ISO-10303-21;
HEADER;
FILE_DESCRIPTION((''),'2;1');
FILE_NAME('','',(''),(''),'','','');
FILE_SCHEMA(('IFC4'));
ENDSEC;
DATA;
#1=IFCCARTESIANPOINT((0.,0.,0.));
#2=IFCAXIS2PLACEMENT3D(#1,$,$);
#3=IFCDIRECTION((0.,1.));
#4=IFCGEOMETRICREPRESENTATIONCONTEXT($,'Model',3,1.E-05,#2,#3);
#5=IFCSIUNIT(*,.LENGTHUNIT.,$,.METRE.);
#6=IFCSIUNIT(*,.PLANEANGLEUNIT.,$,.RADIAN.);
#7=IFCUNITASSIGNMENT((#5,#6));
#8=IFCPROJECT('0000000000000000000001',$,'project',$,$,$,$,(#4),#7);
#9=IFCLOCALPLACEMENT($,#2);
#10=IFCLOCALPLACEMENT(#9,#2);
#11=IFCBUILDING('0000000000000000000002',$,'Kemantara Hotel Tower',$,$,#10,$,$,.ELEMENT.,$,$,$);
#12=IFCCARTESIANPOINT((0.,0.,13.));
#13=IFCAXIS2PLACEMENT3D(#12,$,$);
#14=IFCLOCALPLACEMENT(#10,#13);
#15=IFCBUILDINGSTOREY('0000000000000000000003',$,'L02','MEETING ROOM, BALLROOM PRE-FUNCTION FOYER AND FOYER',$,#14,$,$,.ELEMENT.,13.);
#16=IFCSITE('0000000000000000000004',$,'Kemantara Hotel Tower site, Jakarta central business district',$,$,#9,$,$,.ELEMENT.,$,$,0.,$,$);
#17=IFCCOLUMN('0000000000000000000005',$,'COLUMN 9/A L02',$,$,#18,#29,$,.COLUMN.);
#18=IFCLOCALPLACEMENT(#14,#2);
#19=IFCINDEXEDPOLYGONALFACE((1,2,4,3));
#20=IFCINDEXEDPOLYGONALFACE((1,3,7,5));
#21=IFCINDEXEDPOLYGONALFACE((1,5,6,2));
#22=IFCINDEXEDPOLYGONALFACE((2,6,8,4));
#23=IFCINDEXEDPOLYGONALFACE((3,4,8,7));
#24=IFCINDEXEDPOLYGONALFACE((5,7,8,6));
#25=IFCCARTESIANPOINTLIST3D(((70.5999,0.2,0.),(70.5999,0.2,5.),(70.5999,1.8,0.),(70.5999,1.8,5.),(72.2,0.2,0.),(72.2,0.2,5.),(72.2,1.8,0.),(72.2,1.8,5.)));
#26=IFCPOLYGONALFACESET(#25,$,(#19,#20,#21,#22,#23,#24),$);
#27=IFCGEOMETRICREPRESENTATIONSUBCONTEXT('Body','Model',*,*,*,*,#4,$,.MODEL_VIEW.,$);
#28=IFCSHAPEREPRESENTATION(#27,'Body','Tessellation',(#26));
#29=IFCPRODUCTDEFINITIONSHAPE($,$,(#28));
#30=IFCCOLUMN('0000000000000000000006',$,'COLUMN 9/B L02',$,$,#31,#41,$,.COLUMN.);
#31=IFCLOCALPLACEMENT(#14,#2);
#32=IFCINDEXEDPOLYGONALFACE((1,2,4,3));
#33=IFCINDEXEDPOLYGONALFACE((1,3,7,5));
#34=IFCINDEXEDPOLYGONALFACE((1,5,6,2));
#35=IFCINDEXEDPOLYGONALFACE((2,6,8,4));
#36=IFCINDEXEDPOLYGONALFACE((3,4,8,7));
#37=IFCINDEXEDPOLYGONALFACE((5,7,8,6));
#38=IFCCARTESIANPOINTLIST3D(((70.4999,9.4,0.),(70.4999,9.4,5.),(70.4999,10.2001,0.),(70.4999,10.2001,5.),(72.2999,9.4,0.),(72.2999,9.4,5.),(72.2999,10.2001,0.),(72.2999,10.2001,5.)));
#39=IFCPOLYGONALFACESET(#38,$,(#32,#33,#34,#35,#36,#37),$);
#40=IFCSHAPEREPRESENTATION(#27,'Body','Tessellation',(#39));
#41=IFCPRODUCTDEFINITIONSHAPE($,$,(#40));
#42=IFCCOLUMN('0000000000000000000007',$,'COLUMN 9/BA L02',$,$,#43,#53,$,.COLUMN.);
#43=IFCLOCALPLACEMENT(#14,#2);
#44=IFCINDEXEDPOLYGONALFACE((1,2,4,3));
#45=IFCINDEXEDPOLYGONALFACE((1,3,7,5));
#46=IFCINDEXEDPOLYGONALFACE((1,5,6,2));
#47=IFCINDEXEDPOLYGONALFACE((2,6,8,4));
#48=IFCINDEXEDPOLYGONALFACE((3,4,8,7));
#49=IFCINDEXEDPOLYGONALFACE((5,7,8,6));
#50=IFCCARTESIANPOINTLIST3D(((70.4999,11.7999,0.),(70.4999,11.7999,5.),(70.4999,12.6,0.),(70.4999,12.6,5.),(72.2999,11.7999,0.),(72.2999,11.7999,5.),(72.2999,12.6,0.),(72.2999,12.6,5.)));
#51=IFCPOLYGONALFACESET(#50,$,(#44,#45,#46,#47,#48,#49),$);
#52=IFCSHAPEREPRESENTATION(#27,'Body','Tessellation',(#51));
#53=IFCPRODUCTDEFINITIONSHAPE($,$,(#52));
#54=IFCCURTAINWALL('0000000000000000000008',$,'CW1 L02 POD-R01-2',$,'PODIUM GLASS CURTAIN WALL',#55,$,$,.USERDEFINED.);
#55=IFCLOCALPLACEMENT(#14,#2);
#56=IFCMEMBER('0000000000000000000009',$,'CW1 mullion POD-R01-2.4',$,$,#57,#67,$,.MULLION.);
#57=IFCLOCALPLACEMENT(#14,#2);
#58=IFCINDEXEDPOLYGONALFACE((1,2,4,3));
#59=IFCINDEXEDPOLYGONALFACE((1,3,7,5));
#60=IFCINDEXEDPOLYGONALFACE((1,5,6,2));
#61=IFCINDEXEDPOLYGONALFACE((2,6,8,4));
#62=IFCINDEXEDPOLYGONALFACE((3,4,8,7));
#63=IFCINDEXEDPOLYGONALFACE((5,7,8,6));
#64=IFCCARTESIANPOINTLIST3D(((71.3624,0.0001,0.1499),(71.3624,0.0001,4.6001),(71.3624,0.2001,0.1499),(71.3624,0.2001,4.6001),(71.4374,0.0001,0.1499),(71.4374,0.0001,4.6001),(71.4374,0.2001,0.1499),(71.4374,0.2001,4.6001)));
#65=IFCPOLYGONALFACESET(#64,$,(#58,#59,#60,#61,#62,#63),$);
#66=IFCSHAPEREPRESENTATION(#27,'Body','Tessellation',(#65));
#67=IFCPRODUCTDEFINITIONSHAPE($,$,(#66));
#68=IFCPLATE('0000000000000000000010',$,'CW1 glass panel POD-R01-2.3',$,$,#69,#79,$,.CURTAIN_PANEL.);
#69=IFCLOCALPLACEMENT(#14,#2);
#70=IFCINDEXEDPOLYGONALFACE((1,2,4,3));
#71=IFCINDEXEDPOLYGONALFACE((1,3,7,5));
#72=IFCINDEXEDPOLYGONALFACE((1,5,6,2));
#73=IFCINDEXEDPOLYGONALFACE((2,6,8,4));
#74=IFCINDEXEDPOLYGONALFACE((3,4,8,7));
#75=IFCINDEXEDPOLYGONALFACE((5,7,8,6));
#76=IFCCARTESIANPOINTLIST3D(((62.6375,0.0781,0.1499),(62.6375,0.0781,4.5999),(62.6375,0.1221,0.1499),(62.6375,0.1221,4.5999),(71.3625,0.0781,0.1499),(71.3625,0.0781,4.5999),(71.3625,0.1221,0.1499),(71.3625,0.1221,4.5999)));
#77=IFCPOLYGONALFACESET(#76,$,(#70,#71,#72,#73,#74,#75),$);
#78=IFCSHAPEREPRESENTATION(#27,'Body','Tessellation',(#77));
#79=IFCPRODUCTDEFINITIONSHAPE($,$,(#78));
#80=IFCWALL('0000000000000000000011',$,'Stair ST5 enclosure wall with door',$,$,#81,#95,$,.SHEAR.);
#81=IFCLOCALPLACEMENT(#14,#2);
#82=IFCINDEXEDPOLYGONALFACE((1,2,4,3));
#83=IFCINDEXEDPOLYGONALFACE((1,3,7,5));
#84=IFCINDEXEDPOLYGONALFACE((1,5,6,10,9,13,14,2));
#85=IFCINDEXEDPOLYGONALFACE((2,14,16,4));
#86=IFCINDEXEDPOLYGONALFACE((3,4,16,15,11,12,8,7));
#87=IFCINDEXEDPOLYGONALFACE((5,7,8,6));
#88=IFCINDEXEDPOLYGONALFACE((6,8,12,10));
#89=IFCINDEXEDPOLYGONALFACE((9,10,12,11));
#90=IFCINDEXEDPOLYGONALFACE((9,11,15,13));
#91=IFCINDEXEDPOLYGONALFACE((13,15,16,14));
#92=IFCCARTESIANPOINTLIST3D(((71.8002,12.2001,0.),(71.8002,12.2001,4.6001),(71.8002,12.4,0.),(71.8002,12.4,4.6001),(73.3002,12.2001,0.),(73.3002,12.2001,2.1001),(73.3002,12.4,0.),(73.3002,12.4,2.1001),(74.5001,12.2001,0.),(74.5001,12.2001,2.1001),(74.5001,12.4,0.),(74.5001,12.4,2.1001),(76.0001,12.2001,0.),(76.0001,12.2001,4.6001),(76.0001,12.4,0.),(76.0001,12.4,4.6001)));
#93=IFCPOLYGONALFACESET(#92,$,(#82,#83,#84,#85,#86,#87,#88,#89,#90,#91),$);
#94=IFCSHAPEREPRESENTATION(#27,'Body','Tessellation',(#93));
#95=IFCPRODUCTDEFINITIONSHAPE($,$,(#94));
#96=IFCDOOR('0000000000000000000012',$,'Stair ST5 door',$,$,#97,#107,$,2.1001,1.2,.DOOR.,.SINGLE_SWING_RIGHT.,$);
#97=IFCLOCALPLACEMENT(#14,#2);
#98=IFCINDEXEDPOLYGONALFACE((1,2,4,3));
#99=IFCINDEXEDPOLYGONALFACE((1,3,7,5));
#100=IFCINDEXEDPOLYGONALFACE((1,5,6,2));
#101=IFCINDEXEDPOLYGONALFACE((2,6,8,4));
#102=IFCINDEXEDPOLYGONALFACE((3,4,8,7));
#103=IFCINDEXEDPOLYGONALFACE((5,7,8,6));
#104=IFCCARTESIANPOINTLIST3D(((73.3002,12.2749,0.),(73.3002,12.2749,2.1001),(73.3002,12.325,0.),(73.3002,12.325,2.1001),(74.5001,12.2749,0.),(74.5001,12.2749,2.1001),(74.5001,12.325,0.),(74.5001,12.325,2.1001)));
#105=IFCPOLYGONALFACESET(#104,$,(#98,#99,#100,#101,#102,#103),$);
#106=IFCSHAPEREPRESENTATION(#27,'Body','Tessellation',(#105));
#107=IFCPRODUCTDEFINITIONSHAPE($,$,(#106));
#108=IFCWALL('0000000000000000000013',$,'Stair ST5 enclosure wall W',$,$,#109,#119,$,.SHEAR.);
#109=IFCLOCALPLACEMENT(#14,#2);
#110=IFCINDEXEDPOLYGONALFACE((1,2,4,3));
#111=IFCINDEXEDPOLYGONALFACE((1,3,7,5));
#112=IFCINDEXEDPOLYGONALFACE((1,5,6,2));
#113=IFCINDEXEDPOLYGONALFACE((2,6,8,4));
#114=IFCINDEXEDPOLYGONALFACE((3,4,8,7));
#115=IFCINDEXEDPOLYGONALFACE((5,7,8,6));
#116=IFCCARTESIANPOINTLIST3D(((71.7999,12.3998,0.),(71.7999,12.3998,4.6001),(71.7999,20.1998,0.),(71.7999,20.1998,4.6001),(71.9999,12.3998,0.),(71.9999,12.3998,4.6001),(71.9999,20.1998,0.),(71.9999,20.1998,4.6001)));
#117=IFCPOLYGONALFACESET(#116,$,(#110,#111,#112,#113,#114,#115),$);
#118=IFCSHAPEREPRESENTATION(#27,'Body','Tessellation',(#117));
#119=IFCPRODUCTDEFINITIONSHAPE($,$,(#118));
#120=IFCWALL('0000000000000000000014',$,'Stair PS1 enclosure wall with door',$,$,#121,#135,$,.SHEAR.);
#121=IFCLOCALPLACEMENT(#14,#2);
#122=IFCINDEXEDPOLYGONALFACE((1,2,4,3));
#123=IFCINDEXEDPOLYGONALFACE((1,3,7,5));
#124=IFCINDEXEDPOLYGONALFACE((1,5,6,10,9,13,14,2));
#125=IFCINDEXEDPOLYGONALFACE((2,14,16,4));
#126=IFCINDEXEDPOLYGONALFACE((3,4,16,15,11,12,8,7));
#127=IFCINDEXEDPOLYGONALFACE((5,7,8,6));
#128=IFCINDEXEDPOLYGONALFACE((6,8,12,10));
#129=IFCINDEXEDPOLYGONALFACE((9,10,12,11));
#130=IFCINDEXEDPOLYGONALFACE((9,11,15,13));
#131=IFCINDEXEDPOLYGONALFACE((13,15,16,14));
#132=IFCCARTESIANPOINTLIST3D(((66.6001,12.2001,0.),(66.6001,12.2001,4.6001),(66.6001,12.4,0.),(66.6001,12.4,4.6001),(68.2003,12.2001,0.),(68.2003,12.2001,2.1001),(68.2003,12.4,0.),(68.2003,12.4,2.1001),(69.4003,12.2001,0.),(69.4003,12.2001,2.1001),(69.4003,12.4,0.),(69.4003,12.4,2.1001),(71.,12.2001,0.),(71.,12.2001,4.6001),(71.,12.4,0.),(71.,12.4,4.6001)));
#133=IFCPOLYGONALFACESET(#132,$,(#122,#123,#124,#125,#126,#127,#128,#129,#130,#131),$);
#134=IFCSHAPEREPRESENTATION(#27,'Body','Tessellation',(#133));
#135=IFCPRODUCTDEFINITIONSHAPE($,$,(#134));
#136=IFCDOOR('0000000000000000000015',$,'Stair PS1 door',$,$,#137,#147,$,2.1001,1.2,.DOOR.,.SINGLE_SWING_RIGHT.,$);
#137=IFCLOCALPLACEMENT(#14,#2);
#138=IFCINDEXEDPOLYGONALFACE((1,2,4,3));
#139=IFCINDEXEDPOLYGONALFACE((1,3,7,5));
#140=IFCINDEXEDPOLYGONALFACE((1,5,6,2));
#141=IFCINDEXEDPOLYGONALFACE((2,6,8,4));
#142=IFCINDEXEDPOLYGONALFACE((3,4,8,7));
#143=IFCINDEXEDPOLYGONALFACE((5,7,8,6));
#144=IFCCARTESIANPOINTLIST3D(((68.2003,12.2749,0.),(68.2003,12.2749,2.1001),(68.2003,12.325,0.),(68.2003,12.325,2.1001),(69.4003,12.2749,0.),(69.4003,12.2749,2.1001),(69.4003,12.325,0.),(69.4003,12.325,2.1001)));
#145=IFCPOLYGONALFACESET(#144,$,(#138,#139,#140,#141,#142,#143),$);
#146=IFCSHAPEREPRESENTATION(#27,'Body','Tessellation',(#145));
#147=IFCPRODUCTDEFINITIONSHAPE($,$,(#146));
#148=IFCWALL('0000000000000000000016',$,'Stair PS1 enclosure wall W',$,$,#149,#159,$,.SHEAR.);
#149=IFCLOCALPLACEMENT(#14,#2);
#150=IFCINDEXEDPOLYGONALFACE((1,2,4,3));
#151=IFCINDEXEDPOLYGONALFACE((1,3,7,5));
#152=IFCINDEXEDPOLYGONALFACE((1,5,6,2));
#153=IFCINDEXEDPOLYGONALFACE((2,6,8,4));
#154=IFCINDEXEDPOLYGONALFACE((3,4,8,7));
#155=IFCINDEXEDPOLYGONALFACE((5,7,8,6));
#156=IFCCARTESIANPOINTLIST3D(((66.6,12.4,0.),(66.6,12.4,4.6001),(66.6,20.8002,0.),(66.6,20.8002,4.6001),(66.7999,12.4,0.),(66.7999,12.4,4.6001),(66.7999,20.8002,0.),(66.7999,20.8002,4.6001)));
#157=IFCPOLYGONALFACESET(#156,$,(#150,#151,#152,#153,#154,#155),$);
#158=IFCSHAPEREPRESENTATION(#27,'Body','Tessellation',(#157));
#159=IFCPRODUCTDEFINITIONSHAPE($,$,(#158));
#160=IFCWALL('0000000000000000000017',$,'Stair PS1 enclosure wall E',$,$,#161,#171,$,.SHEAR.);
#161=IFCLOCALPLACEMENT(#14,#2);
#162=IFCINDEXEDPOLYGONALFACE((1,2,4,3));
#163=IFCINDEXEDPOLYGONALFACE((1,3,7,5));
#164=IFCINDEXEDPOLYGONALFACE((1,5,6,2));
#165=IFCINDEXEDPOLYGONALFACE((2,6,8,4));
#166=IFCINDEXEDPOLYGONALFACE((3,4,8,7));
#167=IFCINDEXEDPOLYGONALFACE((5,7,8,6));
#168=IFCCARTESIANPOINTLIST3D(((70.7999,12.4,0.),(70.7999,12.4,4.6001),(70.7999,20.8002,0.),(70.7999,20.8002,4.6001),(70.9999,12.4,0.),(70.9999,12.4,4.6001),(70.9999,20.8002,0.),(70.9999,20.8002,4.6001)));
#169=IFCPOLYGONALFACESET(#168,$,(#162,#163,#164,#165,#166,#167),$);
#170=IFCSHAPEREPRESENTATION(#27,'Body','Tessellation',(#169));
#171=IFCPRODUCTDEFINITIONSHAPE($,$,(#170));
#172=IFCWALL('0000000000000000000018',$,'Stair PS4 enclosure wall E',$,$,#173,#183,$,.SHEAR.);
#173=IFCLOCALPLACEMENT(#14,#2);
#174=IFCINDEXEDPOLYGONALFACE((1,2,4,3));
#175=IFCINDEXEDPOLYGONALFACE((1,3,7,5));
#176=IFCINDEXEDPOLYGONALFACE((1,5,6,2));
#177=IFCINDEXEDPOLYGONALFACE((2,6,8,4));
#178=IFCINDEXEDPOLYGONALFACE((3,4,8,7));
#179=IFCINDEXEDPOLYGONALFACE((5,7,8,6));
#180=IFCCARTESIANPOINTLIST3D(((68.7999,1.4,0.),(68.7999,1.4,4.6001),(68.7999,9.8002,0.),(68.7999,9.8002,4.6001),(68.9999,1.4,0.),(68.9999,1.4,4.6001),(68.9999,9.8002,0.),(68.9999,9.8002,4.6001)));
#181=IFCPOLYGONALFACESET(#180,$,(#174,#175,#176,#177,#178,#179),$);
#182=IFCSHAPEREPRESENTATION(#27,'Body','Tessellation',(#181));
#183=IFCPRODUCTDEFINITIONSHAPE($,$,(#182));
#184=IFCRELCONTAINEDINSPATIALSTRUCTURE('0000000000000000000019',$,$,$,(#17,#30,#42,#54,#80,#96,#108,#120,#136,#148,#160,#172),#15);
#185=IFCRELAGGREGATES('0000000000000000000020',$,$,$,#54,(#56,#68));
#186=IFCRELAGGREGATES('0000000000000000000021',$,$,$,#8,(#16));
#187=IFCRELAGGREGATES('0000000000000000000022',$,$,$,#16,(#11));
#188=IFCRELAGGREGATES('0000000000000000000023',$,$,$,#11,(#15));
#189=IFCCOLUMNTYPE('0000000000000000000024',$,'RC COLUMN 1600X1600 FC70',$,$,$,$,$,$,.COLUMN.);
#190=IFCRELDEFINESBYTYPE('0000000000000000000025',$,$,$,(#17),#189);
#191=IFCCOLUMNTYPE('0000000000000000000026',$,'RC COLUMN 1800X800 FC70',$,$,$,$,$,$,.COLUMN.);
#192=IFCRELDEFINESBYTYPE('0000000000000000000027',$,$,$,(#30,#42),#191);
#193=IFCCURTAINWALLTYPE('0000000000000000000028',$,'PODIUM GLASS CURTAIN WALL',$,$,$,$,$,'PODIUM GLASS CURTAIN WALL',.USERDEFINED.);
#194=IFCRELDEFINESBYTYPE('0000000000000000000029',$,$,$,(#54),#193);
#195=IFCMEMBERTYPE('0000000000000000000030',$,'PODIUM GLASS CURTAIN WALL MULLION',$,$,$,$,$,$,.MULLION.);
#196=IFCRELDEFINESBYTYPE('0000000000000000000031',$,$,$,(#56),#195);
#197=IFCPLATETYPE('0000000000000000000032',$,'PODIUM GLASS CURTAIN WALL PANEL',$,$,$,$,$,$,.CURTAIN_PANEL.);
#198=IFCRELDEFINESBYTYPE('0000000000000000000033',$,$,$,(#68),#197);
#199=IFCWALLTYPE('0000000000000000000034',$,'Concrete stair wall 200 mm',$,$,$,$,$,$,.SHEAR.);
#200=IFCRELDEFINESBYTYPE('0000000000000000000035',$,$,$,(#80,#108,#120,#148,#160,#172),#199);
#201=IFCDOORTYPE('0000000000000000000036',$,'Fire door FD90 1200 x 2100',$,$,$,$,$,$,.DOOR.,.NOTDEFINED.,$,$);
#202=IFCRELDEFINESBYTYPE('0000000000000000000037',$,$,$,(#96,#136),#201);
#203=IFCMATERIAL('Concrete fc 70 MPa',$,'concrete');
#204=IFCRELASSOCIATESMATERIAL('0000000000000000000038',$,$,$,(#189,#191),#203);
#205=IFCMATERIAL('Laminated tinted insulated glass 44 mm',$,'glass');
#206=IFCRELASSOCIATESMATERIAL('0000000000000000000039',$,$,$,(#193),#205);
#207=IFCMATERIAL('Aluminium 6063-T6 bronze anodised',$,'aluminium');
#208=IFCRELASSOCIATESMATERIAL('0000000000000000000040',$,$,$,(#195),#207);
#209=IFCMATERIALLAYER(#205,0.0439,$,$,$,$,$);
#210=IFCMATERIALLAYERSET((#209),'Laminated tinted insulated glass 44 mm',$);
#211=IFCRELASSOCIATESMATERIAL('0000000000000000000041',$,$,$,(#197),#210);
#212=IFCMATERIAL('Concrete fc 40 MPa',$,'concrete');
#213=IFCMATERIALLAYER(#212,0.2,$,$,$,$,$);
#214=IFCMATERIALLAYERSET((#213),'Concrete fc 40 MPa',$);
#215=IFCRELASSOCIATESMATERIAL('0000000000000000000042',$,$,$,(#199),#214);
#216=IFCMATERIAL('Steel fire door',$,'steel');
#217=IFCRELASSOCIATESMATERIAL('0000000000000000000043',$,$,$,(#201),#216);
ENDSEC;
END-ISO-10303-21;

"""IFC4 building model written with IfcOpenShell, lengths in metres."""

from ifc_helpers import new_model, si_unit, direction, frame, frame_2d, origin, origin_2d, place, context, subcontext, project, spatial, rectangle, extrude, source, transform, mapped, material, layer, layer_set, material_profile, profile_set, type_object, element, fill, aggregate, save


model = new_model("IFC4")

# Units and contexts
model_context = context("Model", 3, precision=1e-05, world=origin(), true_north=direction((0.0, 1.0)))
body_context = subcontext(model_context, "Body", "Model", "MODEL_VIEW")
ifc_project = project(units=[si_unit("LENGTHUNIT", "METRE"), si_unit("PLANEANGLEUNIT", "RADIAN")], contexts=[model_context])

# Site, building, storey
site_placement = place(None, origin())
site = spatial("IfcSite", under=ifc_project, at=site_placement, Name="Kemantara Hotel Tower site, Jakarta central business district", CompositionType="ELEMENT", RefElevation=0.0)
building_placement = place(site_placement, origin())
building = spatial("IfcBuilding", under=site, at=building_placement, Name="Kemantara Hotel Tower", CompositionType="ELEMENT")
storey_placement = place(building_placement, frame((0.0, 0.0, 13.0)))
storey = spatial("IfcBuildingStorey", under=building, at=storey_placement, Name="L02", Description="MEETING ROOM, BALLROOM PRE-FUNCTION FOYER AND FOYER", CompositionType="ELEMENT", Elevation=13.0)

# Columns
ifc_material_1 = material(Name="Concrete fc 70 MPa", Category="concrete")
ifc_material_profile_1 = material_profile(ifc_material_1, rectangle(XDim=1.6001, YDim=1.6001, at=origin_2d()), Name="RC 1600X1600")
ifc_profile_set_1 = profile_set([ifc_material_profile_1], Name="Concrete fc 70 MPa")
column_type_1 = type_object("IfcColumnType", Name="RC COLUMN 1600X1600 FC70", PredefinedType="COLUMN", material=ifc_profile_set_1)
column_placement = place(storey_placement, frame((71.3999, 1.0, 0.0), z_axis=(0.0, 0.0, 1.0), x_axis=(1.0, 0.0, 0.0)))
element("IfcColumn", 1, at=column_placement, inside=storey, type_object=column_type_1, Name="COLUMN 9/A L02", PredefinedType="COLUMN", context=body_context, shape_type="SweptSolid", body=[
    extrude(rectangle(XDim=1.6001, YDim=1.6001, at=origin_2d()), origin(), (0.0, 0.0, 1.0), 5.0),
])
ifc_material_profile_2 = material_profile(ifc_material_1, rectangle(XDim=1.8, YDim=0.8, at=origin_2d()), Name="RC 1800X800")
ifc_profile_set_2 = profile_set([ifc_material_profile_2], Name="Concrete fc 70 MPa")
column_type_2 = type_object("IfcColumnType", Name="RC COLUMN 1800X800 FC70", PredefinedType="COLUMN", material=ifc_profile_set_2)
for number, where, z_axis, x_axis, name in (
    (2, (71.3999, 9.8, 0.0), (0.0, 0.0, 1.0), (1.0, 0.0, 0.0), "COLUMN 9/B L02"),
    (3, (71.3999, 12.2, 0.0), (0.0, 0.0, 1.0), (1.0, 0.0, 0.0), "COLUMN 9/BA L02"),
):
    element("IfcColumn", number, at=place(storey_placement, frame(where, z_axis=z_axis, x_axis=x_axis)), inside=storey, type_object=column_type_2, Name=name, PredefinedType="COLUMN", context=body_context, shape_type="SweptSolid", body=[
        extrude(rectangle(XDim=1.8, YDim=0.8, at=origin_2d()), origin(), (0.0, 0.0, 1.0), 5.0),
    ])

# Curtain wall, member, plate
ifc_material_2 = material(Name="Laminated tinted insulated glass 44 mm", Category="glass")
curtain_wall_type = type_object("IfcCurtainWallType", Name="PODIUM GLASS CURTAIN WALL", ElementType="PODIUM GLASS CURTAIN WALL", PredefinedType="USERDEFINED", material=ifc_material_2)
curtain_wall_placement = place(storey_placement, origin())
curtain_wall = element("IfcCurtainWall", 4, at=curtain_wall_placement, inside=storey, type_object=curtain_wall_type, Name="CW1 L02 POD-R01-2", ObjectType="PODIUM GLASS CURTAIN WALL", PredefinedType="USERDEFINED")
ifc_material_3 = material(Name="Aluminium 6063-T6 bronze anodised", Category="aluminium")
ifc_material_profile_3 = material_profile(ifc_material_3, rectangle(XDim=0.2, YDim=0.075, at=origin_2d()), Name="PODIUM GLASS CURTAIN WALL MULLION")
ifc_profile_set_3 = profile_set([ifc_material_profile_3], Name="Aluminium 6063-T6 bronze anodised")
member_type = type_object("IfcMemberType", Name="PODIUM GLASS CURTAIN WALL MULLION", PredefinedType="MULLION", material=ifc_profile_set_3)
shared_shape_1 = source(origin(), body_context, "Body", "SweptSolid", [
    extrude(rectangle(XDim=0.2, YDim=0.075, at=origin_2d()), origin(), (0.0, 0.0, 1.0), 4.4502),
])
member_placement = place(storey_placement, frame((71.3999, 0.1001, 0.1499), z_axis=(0.0, 0.0, 1.0), x_axis=(0.0, 1.0, 0.0)))
member = element("IfcMember", 5, at=member_placement, type_object=member_type, Name="CW1 mullion POD-R01-2.4", PredefinedType="MULLION", context=body_context, shape_type="MappedRepresentation", body=[
    mapped(shared_shape_1, transform((0.0, 0.0, 0.0))),
])
ifc_layer_1 = layer(ifc_material_2, 0.0439)
ifc_layer_set_1 = layer_set([ifc_layer_1], Name="Laminated tinted insulated glass 44 mm")
plate_type = type_object("IfcPlateType", Name="PODIUM GLASS CURTAIN WALL PANEL", PredefinedType="CURTAIN_PANEL", material=ifc_layer_set_1)
shared_shape_2 = source(origin(), body_context, "Body", "SweptSolid", [
    extrude(rectangle(XDim=8.7251, YDim=0.0439, at=origin_2d()), origin(), (0.0, 0.0, 1.0), 4.45),
])
plate_placement = place(storey_placement, frame((67.0, 0.1001, 0.1499), z_axis=(0.0, 0.0, 1.0), x_axis=(1.0, 0.0, 0.0)))
plate = element("IfcPlate", 6, at=plate_placement, type_object=plate_type, Name="CW1 glass panel POD-R01-2.3", PredefinedType="CURTAIN_PANEL", context=body_context, shape_type="MappedRepresentation", body=[
    mapped(shared_shape_2, transform((0.0, 0.0, 0.0))),
])
aggregate(curtain_wall, [member, plate])

# Wall, opening, door
ifc_material_4 = material(Name="Concrete fc 40 MPa", Category="concrete")
ifc_layer_2 = layer(ifc_material_4, 0.2)
ifc_layer_set_2 = layer_set([ifc_layer_2], Name="Concrete fc 40 MPa")
wall_type_1 = type_object("IfcWallType", Name="Concrete stair wall 200 mm", PredefinedType="SHEAR", material=ifc_layer_set_2)
wall_1_placement = place(storey_placement, frame((71.8, 12.3, 0.0), z_axis=(0.0, 0.0, 1.0), x_axis=(1.0, 0.0, 0.0)))
wall_1 = element("IfcWall", 7, at=wall_1_placement, inside=storey, type_object=wall_type_1, Name="Stair ST5 enclosure wall with door", PredefinedType="SHEAR", context=body_context, shape_type="SweptSolid", body=[
    extrude(rectangle(XDim=4.2, YDim=0.2, at=frame_2d((2.1001, 0.0))), origin(), (0.0, 0.0, 1.0), 4.6001),
])
opening_1_placement = place(wall_1_placement, frame((1.5, 0.0, 0.0)))
opening_1 = element("IfcOpeningElement", 8, at=opening_1_placement, cuts=wall_1, PredefinedType="OPENING", context=body_context, shape_type="SweptSolid", body=[
    extrude(rectangle(XDim=1.2, YDim=2.1001, at=frame_2d((0.6001, 1.05))), frame((0.0, 0.1099, 0.0), z_axis=(0.0, -1.0, 0.0), x_axis=(1.0, 0.0, 0.0)), (0.0, 0.0, 1.0), 0.22),
])
ifc_material_5 = material(Name="Steel fire door", Category="steel")
door_type_1 = type_object("IfcDoorType", Name="Fire door FD90 1200 x 2100", OperationType="NOTDEFINED", PredefinedType="DOOR", material=ifc_material_5)
door_1_placement = place(opening_1_placement, origin())
door_1 = element("IfcDoor", 9, at=door_1_placement, inside=storey, type_object=door_type_1, Name="Stair ST5 door", OperationType="SINGLE_SWING_RIGHT", OverallHeight=2.1001, OverallWidth=1.2, PredefinedType="DOOR", context=body_context, shape_type="SweptSolid", body=[
    extrude(rectangle(XDim=1.2, YDim=2.1001, at=frame_2d((0.6001, 1.05))), frame((0.0, 0.0249, 0.0), z_axis=(0.0, -1.0, 0.0), x_axis=(1.0, 0.0, 0.0)), (0.0, 0.0, 1.0), 0.05),
])
fill(opening_1, door_1)

# Wall
wall_2_placement = place(storey_placement, frame((71.8999, 12.3999, 0.0), z_axis=(0.0, 0.0, 1.0), x_axis=(0.0, 1.0, 0.0)))
element("IfcWall", 10, at=wall_2_placement, inside=storey, type_object=wall_type_1, Name="Stair ST5 enclosure wall W", PredefinedType="SHEAR", context=body_context, shape_type="SweptSolid", body=[
    extrude(rectangle(XDim=7.8, YDim=0.2, at=frame_2d((3.8999, 0.0))), origin(), (0.0, 0.0, 1.0), 4.6001),
])

# Wall, opening, door
wall_3_placement = place(storey_placement, frame((66.6001, 12.3, 0.0), z_axis=(0.0, 0.0, 1.0), x_axis=(1.0, 0.0, 0.0)))
wall_3 = element("IfcWall", 11, at=wall_3_placement, inside=storey, type_object=wall_type_1, Name="Stair PS1 enclosure wall with door", PredefinedType="SHEAR", context=body_context, shape_type="SweptSolid", body=[
    extrude(rectangle(XDim=4.3999, YDim=0.2, at=frame_2d((2.2, 0.0))), origin(), (0.0, 0.0, 1.0), 4.6001),
])
opening_2_placement = place(wall_3_placement, frame((1.6001, 0.0, 0.0)))
opening_2 = element("IfcOpeningElement", 12, at=opening_2_placement, cuts=wall_3, PredefinedType="OPENING", context=body_context, shape_type="SweptSolid", body=[
    extrude(rectangle(XDim=1.2, YDim=2.1001, at=frame_2d((0.6001, 1.05))), frame((0.0, 0.1099, 0.0), z_axis=(0.0, -1.0, 0.0), x_axis=(1.0, 0.0, 0.0)), (0.0, 0.0, 1.0), 0.22),
])
door_2_placement = place(opening_2_placement, origin())
door_2 = element("IfcDoor", 13, at=door_2_placement, inside=storey, type_object=door_type_1, Name="Stair PS1 door", OperationType="SINGLE_SWING_RIGHT", OverallHeight=2.1001, OverallWidth=1.2, PredefinedType="DOOR", context=body_context, shape_type="SweptSolid", body=[
    extrude(rectangle(XDim=1.2, YDim=2.1001, at=frame_2d((0.6001, 1.05))), frame((0.0, 0.0249, 0.0), z_axis=(0.0, -1.0, 0.0), x_axis=(1.0, 0.0, 0.0)), (0.0, 0.0, 1.0), 0.05),
])
fill(opening_2, door_2)

# Walls
for number, where, z_axis, x_axis, name in (
    (14, (66.7, 12.3999, 0.0), (0.0, 0.0, 1.0), (0.0, 1.0, 0.0), "Stair PS1 enclosure wall W"),
    (15, (70.8999, 12.3999, 0.0), (0.0, 0.0, 1.0), (0.0, 1.0, 0.0), "Stair PS1 enclosure wall E"),
    (16, (68.8999, 1.3999, 0.0), (0.0, 0.0, 1.0), (0.0, 1.0, 0.0), "Stair PS4 enclosure wall E"),
):
    element("IfcWall", number, at=place(storey_placement, frame(where, z_axis=z_axis, x_axis=x_axis)), inside=storey, type_object=wall_type_1, Name=name, PredefinedType="SHEAR", context=body_context, shape_type="SweptSolid", body=[
        extrude(rectangle(XDim=8.4001, YDim=0.2, at=frame_2d((4.2002, 0.0))), origin(), (0.0, 0.0, 1.0), 4.6001),
    ])

save(model, "model.ifc")
